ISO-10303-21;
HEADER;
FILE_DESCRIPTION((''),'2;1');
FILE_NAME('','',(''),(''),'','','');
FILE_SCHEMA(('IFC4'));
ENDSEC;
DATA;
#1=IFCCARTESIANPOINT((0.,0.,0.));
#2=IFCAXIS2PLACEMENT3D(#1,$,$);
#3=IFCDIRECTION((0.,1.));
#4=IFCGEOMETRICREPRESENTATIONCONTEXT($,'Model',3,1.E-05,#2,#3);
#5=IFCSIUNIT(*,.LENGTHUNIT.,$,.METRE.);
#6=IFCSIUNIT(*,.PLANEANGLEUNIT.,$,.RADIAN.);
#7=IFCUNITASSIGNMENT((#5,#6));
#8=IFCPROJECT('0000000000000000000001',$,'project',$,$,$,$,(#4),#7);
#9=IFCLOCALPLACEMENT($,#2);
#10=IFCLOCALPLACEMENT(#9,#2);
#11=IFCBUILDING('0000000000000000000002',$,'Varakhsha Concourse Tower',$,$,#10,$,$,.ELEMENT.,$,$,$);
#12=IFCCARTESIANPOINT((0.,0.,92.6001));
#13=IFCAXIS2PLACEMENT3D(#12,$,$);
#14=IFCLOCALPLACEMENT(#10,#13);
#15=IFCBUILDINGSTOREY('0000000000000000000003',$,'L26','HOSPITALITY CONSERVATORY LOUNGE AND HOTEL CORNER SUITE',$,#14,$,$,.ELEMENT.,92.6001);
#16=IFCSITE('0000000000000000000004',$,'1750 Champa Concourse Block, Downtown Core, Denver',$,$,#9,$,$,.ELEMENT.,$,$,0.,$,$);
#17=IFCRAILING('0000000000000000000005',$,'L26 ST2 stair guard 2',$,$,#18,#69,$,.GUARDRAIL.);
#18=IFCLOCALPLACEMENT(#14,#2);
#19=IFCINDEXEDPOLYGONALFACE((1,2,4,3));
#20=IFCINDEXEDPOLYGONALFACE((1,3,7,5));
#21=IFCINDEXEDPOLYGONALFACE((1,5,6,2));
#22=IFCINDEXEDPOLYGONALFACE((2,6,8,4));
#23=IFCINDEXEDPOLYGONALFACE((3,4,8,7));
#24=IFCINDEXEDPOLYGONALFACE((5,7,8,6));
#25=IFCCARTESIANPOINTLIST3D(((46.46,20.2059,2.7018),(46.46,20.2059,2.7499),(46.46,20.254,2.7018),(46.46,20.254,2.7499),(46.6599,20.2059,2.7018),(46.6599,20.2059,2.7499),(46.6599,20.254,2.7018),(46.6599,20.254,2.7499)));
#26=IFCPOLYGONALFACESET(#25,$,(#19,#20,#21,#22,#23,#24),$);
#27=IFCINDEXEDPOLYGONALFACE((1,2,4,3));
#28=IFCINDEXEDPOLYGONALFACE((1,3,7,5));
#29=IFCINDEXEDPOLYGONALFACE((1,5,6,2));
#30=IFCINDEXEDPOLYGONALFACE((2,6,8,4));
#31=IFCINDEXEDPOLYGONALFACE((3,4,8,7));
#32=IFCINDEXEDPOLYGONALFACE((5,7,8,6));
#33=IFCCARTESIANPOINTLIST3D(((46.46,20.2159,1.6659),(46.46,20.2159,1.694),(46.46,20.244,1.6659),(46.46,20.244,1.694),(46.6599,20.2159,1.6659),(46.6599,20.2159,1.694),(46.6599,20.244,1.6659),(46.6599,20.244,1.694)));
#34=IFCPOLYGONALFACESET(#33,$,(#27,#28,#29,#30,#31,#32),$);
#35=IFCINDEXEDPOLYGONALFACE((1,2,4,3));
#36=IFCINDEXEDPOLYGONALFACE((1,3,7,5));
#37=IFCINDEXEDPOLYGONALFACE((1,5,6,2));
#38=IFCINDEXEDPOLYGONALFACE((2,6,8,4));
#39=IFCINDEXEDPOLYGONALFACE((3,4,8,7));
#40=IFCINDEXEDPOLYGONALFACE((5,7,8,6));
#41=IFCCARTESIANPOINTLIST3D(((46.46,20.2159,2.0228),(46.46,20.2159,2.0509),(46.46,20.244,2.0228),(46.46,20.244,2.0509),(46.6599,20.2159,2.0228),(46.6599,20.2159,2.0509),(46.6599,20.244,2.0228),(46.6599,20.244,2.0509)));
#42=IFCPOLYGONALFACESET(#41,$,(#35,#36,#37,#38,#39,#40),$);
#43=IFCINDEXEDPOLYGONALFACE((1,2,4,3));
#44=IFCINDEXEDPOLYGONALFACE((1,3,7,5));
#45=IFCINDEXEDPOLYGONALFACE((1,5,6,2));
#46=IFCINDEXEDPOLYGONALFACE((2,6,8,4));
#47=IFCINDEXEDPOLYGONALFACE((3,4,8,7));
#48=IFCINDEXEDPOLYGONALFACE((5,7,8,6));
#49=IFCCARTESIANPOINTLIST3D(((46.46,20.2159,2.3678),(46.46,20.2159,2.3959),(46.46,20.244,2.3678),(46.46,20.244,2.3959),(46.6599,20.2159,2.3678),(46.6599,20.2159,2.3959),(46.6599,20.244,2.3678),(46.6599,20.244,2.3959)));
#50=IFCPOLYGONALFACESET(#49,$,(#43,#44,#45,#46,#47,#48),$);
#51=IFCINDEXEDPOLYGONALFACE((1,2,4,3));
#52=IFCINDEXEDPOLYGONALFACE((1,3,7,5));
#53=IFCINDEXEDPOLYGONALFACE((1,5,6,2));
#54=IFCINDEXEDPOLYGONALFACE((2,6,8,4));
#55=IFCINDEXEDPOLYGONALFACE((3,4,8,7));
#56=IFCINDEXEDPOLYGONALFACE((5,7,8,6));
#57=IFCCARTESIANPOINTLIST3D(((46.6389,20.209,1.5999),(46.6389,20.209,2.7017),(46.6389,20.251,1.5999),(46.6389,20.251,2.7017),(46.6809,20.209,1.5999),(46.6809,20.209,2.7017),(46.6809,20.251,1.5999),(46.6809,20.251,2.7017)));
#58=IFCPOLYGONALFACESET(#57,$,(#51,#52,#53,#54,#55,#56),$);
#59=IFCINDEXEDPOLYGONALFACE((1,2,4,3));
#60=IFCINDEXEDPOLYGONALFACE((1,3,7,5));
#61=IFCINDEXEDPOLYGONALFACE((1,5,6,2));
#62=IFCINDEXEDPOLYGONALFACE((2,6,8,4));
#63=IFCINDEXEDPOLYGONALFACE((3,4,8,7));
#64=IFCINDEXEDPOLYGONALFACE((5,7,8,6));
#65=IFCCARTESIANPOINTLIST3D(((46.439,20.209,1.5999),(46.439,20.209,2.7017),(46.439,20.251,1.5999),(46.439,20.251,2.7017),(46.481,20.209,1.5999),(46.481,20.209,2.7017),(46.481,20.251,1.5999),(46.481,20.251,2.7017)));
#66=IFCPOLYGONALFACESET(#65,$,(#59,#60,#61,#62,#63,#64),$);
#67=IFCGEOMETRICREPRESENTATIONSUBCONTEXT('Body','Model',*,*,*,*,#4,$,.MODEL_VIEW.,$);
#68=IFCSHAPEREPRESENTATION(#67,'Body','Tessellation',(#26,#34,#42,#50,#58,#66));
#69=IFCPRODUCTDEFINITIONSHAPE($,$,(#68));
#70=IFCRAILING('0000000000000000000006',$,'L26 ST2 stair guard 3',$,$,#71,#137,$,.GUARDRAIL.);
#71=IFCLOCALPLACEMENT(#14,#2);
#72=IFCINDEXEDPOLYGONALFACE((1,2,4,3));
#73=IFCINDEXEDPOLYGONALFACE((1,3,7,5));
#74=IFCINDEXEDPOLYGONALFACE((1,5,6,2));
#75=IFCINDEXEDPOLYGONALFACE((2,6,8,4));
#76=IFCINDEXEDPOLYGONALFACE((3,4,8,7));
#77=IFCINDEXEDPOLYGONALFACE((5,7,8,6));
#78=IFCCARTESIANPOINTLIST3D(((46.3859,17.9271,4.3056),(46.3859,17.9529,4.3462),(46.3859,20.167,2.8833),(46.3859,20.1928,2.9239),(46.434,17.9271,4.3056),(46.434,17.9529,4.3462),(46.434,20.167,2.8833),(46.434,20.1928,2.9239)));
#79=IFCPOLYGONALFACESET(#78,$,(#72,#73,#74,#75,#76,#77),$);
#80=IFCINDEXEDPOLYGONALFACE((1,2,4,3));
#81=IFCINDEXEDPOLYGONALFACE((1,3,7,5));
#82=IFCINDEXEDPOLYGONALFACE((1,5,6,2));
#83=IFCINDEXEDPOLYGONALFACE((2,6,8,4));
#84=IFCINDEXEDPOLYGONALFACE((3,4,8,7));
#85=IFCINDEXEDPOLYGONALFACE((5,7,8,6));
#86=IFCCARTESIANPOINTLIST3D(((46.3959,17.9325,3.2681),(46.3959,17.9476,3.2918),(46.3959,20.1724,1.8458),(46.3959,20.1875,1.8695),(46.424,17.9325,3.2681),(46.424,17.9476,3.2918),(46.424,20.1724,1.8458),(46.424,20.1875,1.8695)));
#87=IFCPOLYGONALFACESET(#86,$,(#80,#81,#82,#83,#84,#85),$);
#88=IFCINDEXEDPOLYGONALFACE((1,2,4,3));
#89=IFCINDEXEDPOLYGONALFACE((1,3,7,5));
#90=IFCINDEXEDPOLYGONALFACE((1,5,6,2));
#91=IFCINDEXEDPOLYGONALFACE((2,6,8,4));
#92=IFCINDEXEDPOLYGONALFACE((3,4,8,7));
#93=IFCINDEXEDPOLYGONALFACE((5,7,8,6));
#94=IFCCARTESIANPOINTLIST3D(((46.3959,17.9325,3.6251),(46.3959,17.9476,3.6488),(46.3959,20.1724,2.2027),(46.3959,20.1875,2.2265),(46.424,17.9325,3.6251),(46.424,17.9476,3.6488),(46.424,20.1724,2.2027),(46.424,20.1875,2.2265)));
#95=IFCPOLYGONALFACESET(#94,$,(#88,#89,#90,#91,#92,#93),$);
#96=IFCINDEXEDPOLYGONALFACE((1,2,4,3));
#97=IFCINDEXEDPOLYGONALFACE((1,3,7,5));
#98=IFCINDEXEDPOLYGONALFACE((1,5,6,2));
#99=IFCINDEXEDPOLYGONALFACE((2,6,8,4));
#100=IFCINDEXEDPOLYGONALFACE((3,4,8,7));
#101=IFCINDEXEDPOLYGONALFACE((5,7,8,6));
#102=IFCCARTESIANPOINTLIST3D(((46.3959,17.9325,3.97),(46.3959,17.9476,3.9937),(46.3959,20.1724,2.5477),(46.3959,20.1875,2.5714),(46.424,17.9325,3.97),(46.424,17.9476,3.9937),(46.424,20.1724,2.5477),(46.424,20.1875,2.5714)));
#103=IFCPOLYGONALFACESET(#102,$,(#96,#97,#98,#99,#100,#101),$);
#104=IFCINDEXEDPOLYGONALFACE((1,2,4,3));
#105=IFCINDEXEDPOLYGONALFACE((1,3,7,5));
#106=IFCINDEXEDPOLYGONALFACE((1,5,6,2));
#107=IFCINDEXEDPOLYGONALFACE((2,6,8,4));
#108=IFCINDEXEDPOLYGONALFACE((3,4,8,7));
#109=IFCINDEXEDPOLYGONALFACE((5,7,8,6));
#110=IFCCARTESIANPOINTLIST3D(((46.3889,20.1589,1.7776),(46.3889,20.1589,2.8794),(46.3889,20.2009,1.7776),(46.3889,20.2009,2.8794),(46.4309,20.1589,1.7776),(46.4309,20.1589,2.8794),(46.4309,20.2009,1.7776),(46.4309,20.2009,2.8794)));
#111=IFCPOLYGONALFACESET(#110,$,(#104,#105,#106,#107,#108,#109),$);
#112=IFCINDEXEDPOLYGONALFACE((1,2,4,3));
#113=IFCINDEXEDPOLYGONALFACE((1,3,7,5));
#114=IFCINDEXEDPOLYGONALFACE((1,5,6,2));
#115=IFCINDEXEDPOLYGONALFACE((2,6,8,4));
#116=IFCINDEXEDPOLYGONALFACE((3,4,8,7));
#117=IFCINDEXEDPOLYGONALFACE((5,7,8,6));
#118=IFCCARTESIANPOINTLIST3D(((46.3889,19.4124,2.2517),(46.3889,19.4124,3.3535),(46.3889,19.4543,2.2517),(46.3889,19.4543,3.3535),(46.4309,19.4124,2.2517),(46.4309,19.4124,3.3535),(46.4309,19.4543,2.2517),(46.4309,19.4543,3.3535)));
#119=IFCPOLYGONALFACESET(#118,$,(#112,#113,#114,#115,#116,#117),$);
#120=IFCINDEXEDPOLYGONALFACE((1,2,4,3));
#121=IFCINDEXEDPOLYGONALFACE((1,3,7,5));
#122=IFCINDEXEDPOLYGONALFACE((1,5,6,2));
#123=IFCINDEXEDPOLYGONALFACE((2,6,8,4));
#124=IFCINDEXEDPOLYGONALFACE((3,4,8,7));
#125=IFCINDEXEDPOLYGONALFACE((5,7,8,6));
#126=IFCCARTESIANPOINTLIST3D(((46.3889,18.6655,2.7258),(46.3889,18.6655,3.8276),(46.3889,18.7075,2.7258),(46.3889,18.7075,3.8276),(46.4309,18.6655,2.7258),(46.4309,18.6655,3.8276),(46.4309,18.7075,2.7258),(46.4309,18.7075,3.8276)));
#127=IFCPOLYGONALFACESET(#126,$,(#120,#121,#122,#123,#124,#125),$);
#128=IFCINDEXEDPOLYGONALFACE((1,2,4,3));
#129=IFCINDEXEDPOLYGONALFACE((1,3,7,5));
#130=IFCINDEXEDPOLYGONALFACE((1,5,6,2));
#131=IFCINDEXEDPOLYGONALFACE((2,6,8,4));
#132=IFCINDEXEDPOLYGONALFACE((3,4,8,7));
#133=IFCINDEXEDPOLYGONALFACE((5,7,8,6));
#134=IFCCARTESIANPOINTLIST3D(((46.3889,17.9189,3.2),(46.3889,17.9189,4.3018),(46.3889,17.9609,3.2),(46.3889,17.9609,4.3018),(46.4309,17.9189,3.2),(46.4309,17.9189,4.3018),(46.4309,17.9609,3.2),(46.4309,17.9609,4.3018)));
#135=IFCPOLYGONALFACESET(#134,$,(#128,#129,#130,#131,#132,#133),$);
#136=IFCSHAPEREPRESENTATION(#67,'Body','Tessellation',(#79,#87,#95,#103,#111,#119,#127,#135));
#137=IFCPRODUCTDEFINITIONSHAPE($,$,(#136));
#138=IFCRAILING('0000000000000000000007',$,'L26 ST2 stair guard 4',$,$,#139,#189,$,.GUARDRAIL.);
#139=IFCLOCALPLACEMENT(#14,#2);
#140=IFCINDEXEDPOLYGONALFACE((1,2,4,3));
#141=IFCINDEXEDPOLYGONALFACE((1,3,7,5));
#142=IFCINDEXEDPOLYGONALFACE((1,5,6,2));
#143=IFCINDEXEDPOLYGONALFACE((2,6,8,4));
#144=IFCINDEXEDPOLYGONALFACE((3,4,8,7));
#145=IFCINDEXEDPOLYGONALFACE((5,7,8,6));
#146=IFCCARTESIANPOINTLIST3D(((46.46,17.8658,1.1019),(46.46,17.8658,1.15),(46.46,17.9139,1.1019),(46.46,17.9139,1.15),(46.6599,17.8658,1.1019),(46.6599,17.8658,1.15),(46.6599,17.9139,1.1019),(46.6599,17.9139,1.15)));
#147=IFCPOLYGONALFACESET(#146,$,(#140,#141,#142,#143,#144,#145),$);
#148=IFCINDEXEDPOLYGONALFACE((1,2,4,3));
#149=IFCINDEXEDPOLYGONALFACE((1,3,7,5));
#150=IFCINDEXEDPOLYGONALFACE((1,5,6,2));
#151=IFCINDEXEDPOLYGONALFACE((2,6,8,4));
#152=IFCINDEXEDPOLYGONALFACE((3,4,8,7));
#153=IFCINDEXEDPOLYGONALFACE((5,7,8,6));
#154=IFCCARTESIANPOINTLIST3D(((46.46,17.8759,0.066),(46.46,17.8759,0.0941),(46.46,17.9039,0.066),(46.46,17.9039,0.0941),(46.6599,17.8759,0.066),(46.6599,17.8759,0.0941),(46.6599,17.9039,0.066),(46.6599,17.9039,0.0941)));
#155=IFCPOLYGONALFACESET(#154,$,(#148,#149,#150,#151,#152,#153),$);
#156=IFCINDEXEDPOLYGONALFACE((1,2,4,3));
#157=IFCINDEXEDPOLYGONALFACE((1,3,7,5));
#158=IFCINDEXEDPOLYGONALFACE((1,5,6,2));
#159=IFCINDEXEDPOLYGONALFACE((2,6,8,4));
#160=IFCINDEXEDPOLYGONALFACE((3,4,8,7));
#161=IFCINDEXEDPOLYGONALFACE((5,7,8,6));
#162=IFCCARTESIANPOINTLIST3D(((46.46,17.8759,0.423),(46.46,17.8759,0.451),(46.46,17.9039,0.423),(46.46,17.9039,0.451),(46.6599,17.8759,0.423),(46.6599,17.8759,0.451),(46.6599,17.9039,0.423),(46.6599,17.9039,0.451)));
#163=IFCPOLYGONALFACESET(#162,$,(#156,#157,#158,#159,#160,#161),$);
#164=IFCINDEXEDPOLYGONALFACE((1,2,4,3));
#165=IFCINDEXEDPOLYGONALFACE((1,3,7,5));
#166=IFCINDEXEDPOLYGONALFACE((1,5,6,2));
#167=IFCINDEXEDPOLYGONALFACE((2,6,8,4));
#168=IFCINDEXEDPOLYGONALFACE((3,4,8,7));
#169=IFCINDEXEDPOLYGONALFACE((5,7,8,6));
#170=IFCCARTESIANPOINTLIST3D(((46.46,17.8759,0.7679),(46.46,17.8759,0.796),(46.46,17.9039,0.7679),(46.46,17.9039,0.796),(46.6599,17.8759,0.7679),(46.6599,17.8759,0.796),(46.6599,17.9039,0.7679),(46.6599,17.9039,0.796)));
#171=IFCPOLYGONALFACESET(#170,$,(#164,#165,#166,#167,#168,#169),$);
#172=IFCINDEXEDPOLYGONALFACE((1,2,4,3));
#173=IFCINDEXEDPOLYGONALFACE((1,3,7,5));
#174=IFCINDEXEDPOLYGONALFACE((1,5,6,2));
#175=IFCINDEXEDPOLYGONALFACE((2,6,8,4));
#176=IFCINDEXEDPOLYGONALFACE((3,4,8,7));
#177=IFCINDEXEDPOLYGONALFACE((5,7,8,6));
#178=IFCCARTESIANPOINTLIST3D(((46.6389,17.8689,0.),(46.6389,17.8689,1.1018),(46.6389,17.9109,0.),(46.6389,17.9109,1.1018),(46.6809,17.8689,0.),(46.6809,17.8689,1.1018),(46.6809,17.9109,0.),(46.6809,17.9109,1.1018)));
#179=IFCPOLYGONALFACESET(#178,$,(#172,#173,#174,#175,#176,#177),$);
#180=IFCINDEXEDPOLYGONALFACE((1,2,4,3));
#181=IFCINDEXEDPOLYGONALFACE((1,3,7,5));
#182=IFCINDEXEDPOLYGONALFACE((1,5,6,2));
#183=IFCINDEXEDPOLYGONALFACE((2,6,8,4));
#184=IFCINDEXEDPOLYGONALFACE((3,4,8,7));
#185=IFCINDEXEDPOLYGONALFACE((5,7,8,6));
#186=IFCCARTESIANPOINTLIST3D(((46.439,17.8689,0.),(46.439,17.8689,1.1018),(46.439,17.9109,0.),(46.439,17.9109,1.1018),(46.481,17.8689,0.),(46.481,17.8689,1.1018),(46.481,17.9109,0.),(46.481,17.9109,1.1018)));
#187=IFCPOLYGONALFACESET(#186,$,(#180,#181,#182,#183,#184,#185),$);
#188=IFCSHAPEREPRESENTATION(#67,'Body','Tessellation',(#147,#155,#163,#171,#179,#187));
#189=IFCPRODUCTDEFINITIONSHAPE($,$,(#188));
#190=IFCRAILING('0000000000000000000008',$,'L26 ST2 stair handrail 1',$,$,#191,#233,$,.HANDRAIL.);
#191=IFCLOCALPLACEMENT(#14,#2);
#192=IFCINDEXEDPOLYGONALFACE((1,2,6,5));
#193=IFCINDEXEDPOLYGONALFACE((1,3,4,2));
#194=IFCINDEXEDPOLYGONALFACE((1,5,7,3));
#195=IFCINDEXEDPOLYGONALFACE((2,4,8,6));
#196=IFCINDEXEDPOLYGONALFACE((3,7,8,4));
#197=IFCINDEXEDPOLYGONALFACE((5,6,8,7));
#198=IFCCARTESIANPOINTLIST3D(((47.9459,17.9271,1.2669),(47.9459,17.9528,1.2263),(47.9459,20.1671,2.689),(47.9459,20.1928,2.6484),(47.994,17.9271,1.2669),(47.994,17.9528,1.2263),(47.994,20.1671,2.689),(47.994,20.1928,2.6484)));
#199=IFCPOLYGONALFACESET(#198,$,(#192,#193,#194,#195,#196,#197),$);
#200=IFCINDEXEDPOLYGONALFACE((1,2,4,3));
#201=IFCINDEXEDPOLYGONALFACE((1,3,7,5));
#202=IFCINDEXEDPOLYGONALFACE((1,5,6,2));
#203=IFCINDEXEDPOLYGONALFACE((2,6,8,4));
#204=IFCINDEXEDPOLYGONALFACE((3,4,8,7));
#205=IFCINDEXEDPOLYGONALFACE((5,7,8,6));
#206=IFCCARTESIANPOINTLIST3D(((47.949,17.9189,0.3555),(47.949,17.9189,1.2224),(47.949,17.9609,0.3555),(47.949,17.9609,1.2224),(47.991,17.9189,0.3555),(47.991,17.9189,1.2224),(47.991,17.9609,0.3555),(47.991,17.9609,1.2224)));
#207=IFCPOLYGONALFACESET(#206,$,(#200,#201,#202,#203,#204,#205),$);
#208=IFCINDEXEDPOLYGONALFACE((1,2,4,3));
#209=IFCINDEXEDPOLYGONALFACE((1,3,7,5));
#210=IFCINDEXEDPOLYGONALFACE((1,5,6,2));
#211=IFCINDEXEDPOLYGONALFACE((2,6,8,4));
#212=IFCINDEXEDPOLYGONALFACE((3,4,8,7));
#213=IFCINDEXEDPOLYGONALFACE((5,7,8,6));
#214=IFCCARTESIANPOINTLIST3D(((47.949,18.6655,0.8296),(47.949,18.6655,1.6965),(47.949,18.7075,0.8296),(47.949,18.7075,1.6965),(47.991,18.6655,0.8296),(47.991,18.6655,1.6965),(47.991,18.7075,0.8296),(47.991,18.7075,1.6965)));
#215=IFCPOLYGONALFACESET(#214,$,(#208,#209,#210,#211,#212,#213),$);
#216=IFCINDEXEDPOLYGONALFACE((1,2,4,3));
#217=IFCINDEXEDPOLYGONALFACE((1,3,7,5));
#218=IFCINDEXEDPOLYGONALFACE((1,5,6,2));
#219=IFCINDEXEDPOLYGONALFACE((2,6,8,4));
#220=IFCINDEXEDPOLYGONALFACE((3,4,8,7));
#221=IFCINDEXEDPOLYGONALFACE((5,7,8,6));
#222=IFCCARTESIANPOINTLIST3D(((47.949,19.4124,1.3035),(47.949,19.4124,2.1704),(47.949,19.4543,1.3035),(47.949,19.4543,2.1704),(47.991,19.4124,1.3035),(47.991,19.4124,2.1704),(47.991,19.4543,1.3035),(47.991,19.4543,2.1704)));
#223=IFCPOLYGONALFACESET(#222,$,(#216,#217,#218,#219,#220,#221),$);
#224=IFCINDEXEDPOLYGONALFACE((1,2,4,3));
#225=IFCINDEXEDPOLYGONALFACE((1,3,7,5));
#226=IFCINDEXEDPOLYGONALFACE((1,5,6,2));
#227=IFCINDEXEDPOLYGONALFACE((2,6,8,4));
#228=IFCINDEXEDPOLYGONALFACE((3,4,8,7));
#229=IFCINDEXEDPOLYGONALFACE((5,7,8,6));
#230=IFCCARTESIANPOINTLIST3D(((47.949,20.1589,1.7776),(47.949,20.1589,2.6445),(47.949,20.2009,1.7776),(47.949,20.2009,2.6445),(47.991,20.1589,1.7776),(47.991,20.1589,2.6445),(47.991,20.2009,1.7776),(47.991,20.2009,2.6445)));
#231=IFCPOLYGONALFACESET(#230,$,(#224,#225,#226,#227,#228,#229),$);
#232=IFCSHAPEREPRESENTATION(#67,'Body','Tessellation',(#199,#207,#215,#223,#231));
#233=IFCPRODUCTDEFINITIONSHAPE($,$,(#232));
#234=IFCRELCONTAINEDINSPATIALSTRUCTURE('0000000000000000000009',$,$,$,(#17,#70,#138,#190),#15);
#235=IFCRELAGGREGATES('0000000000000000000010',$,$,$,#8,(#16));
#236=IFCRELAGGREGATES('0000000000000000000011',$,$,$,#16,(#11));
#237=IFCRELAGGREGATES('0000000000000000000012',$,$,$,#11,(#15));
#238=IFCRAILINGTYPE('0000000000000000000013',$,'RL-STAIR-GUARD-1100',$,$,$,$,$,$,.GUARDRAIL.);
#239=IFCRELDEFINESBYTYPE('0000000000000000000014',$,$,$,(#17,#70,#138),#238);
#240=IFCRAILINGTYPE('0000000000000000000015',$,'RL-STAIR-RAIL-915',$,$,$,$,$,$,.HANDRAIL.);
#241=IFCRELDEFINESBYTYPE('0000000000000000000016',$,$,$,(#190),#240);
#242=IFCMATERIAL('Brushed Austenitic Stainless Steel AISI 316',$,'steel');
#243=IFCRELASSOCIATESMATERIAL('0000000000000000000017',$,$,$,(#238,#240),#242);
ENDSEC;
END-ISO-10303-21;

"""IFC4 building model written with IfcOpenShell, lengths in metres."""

from ifc_helpers import new_model, si_unit, direction, frame, origin, origin_2d, place, context, subcontext, project, spatial, rectangle, extrude, material, type_object, element, save


model = new_model("IFC4")

# Units and contexts
model_context = context("Model", 3, precision=1e-05, world=origin(), true_north=direction((0.0, 1.0)))
body_context = subcontext(model_context, "Body", "Model", "MODEL_VIEW")
ifc_project = project(units=[si_unit("LENGTHUNIT", "METRE"), si_unit("PLANEANGLEUNIT", "RADIAN")], contexts=[model_context])

# Site, building, storey
site_placement = place(None, origin())
site = spatial("IfcSite", under=ifc_project, at=site_placement, Name="1750 Champa Concourse Block, Downtown Core, Denver", CompositionType="ELEMENT", RefElevation=0.0)
building_placement = place(site_placement, origin())
building = spatial("IfcBuilding", under=site, at=building_placement, Name="Varakhsha Concourse Tower", CompositionType="ELEMENT")
storey_placement = place(building_placement, frame((0.0, 0.0, 92.6001)))
storey = spatial("IfcBuildingStorey", under=building, at=storey_placement, Name="L26", Description="HOSPITALITY CONSERVATORY LOUNGE AND HOTEL CORNER SUITE", CompositionType="ELEMENT", Elevation=92.6001)

# Railings
ifc_material_1 = material(Name="Brushed Austenitic Stainless Steel AISI 316", Category="steel")
railing_type_1 = type_object("IfcRailingType", Name="RL-STAIR-GUARD-1100", PredefinedType="GUARDRAIL", material=ifc_material_1)
railing_1_placement = place(storey_placement, frame((46.6599, 20.23, 1.5999)))
element("IfcRailing", 1, at=railing_1_placement, inside=storey, type_object=railing_type_1, Name="L26 ST2 stair guard 2", PredefinedType="GUARDRAIL", context=body_context, shape_type="SweptSolid", body=[
    extrude(rectangle(XDim=0.0481, YDim=0.0481, at=origin_2d()), frame((0.0, 0.0, 1.126), z_axis=(-1.0, 0.0, 0.0), x_axis=(0.0, -1.0, 0.0)), (0.0, 0.0, 1.0), 0.2),
    extrude(rectangle(XDim=0.0281, YDim=0.0281, at=origin_2d()), frame((0.0, 0.0, 0.0801), z_axis=(-1.0, 0.0, 0.0), x_axis=(0.0, -1.0, 0.0)), (0.0, 0.0, 1.0), 0.2),
    extrude(rectangle(XDim=0.0281, YDim=0.0281, at=origin_2d()), frame((0.0, 0.0, 0.437), z_axis=(-1.0, 0.0, 0.0), x_axis=(0.0, -1.0, 0.0)), (0.0, 0.0, 1.0), 0.2),
    extrude(rectangle(XDim=0.0281, YDim=0.0281, at=origin_2d()), frame((0.0, 0.0, 0.782), z_axis=(-1.0, 0.0, 0.0), x_axis=(0.0, -1.0, 0.0)), (0.0, 0.0, 1.0), 0.2),
    extrude(rectangle(XDim=0.042, YDim=0.042, at=origin_2d()), origin(), (0.0, 0.0, 1.0), 1.1018),
    extrude(rectangle(XDim=0.042, YDim=0.042, at=origin_2d()), frame((-0.2, 0.0, 0.0)), (0.0, 0.0, 1.0), 1.1018),
])
railing_2_placement = place(storey_placement, frame((46.4099, 20.1799, 1.7776)))
element("IfcRailing", 2, at=railing_2_placement, inside=storey, type_object=railing_type_1, Name="L26 ST2 stair guard 3", PredefinedType="GUARDRAIL", context=body_context, shape_type="SweptSolid", body=[
    extrude(rectangle(XDim=0.0481, YDim=0.0481, at=origin_2d()), frame((0.0, 0.0, 1.126), z_axis=(0.0, -0.844188, 0.536048), x_axis=(1.0, 0.0, 0.0)), (0.0, 0.0, 1.0), 2.6533),
    extrude(rectangle(XDim=0.0281, YDim=0.0281, at=origin_2d()), frame((0.0, 0.0, 0.0801), z_axis=(0.0, -0.844188, 0.536048), x_axis=(1.0, 0.0, 0.0)), (0.0, 0.0, 1.0), 2.6533),
    extrude(rectangle(XDim=0.0281, YDim=0.0281, at=origin_2d()), frame((0.0, 0.0, 0.437), z_axis=(0.0, -0.844188, 0.536048), x_axis=(1.0, 0.0, 0.0)), (0.0, 0.0, 1.0), 2.6533),
    extrude(rectangle(XDim=0.0281, YDim=0.0281, at=origin_2d()), frame((0.0, 0.0, 0.782), z_axis=(0.0, -0.844188, 0.536048), x_axis=(1.0, 0.0, 0.0)), (0.0, 0.0, 1.0), 2.6533),
    extrude(rectangle(XDim=0.042, YDim=0.042, at=origin_2d()), origin(), (0.0, 0.0, 1.0), 1.1018),
    extrude(rectangle(XDim=0.042, YDim=0.042, at=origin_2d()), frame((0.0, -0.7466, 0.4741)), (0.0, 0.0, 1.0), 1.1018),
    extrude(rectangle(XDim=0.042, YDim=0.042, at=origin_2d()), frame((0.0, -1.4934, 0.9482)), (0.0, 0.0, 1.0), 1.1018),
    extrude(rectangle(XDim=0.042, YDim=0.042, at=origin_2d()), frame((0.0, -2.24, 1.4224)), (0.0, 0.0, 1.0), 1.1018),
])
railing_3_placement = place(storey_placement, frame((46.6599, 17.8899, 0.0)))
element("IfcRailing", 3, at=railing_3_placement, inside=storey, type_object=railing_type_1, Name="L26 ST2 stair guard 4", PredefinedType="GUARDRAIL", context=body_context, shape_type="SweptSolid", body=[
    extrude(rectangle(XDim=0.0481, YDim=0.0481, at=origin_2d()), frame((0.0, 0.0, 1.126), z_axis=(-1.0, 0.0, 0.0), x_axis=(0.0, -1.0, 0.0)), (0.0, 0.0, 1.0), 0.2),
    extrude(rectangle(XDim=0.0281, YDim=0.0281, at=origin_2d()), frame((0.0, 0.0, 0.0801), z_axis=(-1.0, 0.0, 0.0), x_axis=(0.0, -1.0, 0.0)), (0.0, 0.0, 1.0), 0.2),
    extrude(rectangle(XDim=0.0281, YDim=0.0281, at=origin_2d()), frame((0.0, 0.0, 0.437), z_axis=(-1.0, 0.0, 0.0), x_axis=(0.0, -1.0, 0.0)), (0.0, 0.0, 1.0), 0.2),
    extrude(rectangle(XDim=0.0281, YDim=0.0281, at=origin_2d()), frame((0.0, 0.0, 0.782), z_axis=(-1.0, 0.0, 0.0), x_axis=(0.0, -1.0, 0.0)), (0.0, 0.0, 1.0), 0.2),
    extrude(rectangle(XDim=0.042, YDim=0.042, at=origin_2d()), origin(), (0.0, 0.0, 1.0), 1.1018),
    extrude(rectangle(XDim=0.042, YDim=0.042, at=origin_2d()), frame((-0.2, 0.0, 0.0)), (0.0, 0.0, 1.0), 1.1018),
])
railing_type_2 = type_object("IfcRailingType", Name="RL-STAIR-RAIL-915", PredefinedType="HANDRAIL", material=ifc_material_1)
railing_4_placement = place(storey_placement, frame((47.97, 17.9399, 0.3555)))
element("IfcRailing", 4, at=railing_4_placement, inside=storey, type_object=railing_type_2, Name="L26 ST2 stair handrail 1", PredefinedType="HANDRAIL", context=body_context, shape_type="SweptSolid", body=[
    extrude(rectangle(XDim=0.0481, YDim=0.0481, at=origin_2d()), frame((0.0, 0.0, 0.8911), z_axis=(0.0, 0.844229, 0.535982), x_axis=(-1.0, 0.0, 0.0)), (0.0, 0.0, 1.0), 2.6533),
    extrude(rectangle(XDim=0.042, YDim=0.042, at=origin_2d()), origin(), (0.0, 0.0, 1.0), 0.8669),
    extrude(rectangle(XDim=0.042, YDim=0.042, at=origin_2d()), frame((0.0, 0.7466, 0.4741)), (0.0, 0.0, 1.0), 0.8669),
    extrude(rectangle(XDim=0.042, YDim=0.042, at=origin_2d()), frame((0.0, 1.4934, 0.948)), (0.0, 0.0, 1.0), 0.8669),
    extrude(rectangle(XDim=0.042, YDim=0.042, at=origin_2d()), frame((0.0, 2.24, 1.4221)), (0.0, 0.0, 1.0), 0.8669),
])

save(model, "model.ifc")
